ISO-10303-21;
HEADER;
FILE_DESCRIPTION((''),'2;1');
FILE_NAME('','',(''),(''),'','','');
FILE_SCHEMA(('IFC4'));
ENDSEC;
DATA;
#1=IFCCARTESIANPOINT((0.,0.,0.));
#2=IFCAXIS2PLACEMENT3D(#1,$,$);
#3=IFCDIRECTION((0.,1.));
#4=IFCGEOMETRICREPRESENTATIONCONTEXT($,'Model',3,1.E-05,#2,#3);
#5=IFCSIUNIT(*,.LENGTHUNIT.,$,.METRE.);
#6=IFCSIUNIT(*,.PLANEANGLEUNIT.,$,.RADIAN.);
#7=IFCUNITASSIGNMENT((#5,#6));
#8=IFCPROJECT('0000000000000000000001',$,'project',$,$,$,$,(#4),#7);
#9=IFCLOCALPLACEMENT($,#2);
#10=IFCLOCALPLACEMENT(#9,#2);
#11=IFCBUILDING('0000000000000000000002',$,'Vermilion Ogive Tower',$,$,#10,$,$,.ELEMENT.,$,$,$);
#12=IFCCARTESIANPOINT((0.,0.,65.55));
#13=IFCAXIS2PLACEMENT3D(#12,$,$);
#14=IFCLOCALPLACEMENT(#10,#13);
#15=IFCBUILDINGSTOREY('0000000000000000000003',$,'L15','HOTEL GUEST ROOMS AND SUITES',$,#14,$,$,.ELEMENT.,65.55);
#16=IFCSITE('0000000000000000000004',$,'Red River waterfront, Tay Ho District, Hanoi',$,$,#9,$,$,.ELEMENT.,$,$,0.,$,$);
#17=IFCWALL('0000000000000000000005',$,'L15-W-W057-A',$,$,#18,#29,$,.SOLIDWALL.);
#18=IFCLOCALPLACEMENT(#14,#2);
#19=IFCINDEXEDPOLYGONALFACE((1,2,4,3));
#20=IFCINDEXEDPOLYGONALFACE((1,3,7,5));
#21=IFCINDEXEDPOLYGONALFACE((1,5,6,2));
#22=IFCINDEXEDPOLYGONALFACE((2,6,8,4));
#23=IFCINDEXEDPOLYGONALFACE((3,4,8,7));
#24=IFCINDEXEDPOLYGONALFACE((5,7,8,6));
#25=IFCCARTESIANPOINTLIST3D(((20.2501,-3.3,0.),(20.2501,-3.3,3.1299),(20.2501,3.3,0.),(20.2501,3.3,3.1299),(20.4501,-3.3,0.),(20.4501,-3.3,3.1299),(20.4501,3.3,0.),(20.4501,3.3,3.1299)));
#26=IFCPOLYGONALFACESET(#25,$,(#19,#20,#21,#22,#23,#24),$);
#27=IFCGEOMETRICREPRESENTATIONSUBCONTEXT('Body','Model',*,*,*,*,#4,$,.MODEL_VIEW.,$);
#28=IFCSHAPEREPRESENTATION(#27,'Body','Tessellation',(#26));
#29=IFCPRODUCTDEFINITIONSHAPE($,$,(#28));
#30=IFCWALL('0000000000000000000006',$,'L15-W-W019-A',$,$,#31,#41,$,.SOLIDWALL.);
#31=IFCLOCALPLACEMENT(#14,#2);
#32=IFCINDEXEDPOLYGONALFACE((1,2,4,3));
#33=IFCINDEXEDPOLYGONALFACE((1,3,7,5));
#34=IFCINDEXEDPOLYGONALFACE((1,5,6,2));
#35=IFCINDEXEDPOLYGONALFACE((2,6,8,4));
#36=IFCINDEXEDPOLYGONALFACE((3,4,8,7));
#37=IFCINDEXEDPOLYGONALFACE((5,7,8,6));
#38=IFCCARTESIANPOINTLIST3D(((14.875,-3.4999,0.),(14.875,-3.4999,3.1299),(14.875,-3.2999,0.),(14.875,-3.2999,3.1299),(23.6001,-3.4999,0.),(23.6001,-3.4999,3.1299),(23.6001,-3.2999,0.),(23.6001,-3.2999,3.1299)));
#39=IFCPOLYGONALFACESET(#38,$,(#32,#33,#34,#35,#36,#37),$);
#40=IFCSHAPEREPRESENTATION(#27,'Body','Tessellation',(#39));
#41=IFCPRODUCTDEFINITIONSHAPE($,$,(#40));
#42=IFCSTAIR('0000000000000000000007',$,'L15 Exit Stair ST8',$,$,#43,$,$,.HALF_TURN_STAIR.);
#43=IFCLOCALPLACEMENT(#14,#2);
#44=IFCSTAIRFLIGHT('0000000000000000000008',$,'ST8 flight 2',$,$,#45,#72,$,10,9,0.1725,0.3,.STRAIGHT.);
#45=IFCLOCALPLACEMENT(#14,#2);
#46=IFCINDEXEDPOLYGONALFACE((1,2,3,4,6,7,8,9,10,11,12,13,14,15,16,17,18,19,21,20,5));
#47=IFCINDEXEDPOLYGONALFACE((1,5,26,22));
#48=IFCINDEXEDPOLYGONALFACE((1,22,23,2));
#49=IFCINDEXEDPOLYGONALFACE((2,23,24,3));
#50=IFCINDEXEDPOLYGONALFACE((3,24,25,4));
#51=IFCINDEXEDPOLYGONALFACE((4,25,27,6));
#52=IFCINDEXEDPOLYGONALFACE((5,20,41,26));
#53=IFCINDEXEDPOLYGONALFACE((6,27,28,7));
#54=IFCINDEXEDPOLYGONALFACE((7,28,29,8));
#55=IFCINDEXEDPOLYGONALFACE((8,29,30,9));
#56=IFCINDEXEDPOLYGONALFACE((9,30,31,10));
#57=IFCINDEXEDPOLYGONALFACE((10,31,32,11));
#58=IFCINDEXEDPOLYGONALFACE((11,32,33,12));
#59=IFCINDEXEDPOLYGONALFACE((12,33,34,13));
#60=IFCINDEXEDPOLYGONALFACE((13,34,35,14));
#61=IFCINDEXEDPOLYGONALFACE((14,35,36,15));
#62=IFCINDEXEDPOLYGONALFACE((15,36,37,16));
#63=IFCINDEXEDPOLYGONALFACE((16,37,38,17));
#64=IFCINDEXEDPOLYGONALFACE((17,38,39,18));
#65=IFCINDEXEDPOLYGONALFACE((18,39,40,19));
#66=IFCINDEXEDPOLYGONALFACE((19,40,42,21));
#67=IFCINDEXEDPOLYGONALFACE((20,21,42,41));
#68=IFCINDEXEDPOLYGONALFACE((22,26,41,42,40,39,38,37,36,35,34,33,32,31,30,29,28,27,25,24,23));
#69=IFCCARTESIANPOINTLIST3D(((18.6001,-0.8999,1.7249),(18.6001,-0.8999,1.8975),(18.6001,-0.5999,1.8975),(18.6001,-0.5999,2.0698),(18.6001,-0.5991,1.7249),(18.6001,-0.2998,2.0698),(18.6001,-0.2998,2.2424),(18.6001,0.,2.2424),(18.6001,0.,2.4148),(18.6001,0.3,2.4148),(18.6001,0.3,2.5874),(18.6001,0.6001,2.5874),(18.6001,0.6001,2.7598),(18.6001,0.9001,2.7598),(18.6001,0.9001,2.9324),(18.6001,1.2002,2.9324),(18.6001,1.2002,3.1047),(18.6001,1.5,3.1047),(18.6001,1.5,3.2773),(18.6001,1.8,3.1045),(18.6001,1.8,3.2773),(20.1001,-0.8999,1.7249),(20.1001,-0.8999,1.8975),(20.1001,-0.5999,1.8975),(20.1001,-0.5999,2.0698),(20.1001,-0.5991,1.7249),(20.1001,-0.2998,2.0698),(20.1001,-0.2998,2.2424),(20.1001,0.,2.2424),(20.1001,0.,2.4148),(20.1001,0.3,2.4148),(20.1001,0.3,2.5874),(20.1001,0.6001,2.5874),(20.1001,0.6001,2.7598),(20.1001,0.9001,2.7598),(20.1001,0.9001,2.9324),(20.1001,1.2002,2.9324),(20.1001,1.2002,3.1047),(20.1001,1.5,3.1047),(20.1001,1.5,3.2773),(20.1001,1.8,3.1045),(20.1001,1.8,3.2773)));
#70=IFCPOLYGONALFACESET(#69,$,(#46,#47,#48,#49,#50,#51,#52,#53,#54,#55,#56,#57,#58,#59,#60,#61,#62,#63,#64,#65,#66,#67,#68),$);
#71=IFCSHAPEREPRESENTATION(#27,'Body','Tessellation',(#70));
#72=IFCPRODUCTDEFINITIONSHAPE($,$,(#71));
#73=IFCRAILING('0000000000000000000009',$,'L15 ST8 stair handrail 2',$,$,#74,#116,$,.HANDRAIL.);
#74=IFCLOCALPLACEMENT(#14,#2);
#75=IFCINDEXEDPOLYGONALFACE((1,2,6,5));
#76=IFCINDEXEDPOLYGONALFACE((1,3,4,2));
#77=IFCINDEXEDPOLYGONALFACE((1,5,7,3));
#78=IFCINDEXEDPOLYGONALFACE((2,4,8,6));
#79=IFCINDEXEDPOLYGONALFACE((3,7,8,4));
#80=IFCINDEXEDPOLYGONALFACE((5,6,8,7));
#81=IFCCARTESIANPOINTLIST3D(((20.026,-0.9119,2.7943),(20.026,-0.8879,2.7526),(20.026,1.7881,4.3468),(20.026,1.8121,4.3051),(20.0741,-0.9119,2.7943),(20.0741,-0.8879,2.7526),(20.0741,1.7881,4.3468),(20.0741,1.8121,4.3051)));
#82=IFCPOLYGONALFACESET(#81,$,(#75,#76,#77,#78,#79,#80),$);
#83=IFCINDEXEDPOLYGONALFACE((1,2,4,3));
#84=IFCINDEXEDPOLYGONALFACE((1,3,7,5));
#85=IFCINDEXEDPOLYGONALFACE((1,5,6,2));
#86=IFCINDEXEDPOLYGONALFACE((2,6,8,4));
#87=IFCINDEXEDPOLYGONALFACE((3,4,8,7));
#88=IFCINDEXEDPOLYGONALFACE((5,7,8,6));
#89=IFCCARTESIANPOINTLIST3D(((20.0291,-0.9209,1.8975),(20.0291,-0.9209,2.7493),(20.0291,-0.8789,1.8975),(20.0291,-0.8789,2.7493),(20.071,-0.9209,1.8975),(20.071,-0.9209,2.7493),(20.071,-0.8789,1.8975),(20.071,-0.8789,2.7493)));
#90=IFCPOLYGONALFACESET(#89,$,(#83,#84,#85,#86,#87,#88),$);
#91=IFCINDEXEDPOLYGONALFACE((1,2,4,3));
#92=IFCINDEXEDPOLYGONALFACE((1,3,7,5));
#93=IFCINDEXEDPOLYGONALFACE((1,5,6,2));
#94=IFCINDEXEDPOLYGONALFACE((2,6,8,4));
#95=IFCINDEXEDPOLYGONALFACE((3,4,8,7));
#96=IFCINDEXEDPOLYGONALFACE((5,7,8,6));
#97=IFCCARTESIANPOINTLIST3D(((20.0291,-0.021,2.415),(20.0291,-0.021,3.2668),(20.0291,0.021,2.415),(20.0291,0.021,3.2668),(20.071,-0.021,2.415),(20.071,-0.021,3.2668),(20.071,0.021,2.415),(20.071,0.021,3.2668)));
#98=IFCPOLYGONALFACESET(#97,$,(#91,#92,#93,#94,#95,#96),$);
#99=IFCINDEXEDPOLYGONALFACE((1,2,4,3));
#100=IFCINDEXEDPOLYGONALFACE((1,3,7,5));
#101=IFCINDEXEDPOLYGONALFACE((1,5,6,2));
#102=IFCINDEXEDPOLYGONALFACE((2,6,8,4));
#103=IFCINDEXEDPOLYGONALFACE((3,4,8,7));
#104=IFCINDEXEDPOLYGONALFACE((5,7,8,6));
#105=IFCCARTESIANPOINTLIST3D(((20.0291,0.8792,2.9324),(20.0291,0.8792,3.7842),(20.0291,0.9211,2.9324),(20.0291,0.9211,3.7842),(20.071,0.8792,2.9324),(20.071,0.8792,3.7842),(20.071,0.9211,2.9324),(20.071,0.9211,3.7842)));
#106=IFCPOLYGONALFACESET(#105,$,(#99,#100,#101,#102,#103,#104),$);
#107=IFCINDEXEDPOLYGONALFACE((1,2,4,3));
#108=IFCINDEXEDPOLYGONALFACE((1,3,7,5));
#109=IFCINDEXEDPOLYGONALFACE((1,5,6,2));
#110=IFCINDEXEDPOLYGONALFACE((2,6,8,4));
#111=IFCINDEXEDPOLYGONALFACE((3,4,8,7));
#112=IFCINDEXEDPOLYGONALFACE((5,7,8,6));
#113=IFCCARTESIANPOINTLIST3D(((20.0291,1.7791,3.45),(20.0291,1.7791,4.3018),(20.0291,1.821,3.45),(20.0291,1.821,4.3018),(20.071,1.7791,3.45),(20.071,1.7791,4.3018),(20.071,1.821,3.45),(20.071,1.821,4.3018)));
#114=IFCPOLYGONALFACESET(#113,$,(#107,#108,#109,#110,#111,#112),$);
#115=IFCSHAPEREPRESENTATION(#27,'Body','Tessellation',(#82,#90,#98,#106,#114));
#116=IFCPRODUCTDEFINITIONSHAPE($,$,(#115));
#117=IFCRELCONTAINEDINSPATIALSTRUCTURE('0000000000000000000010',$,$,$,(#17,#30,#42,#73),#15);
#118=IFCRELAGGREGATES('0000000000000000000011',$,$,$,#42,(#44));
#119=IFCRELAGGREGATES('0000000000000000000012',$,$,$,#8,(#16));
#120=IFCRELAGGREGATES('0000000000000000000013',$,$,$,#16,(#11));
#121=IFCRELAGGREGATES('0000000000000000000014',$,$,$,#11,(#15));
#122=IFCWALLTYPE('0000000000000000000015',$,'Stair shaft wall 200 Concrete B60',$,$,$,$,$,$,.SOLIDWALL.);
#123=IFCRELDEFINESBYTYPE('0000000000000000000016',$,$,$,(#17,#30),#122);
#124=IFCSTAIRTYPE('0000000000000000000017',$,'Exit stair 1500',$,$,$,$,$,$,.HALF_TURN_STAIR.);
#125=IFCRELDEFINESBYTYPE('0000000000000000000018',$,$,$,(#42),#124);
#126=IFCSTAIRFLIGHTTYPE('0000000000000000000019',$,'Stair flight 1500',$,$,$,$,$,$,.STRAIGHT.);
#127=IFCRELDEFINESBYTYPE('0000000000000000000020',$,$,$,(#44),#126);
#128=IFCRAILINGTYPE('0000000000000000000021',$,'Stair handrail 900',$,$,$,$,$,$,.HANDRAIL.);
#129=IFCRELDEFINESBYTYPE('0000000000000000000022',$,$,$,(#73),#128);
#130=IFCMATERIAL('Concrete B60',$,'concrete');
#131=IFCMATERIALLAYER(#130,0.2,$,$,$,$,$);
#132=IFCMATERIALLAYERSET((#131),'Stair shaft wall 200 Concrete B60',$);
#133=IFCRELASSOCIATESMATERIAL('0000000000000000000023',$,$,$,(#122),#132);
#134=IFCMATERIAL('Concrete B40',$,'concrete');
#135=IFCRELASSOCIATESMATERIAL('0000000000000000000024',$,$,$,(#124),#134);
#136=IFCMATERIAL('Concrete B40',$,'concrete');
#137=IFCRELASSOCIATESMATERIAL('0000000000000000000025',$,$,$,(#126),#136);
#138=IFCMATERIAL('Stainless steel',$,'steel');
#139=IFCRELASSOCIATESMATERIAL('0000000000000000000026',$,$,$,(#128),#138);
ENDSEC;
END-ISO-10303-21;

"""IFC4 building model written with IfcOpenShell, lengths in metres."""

from ifc_helpers import new_model, si_unit, direction, frame, frame_2d, origin, origin_2d, place, context, subcontext, project, spatial, polyline, rectangle, outline, extrude, material, layer, layer_set, type_object, element, aggregate, save


model = new_model("IFC4")

# Units and contexts
model_context = context("Model", 3, precision=1e-05, world=origin(), true_north=direction((0.0, 1.0)))
body_context = subcontext(model_context, "Body", "Model", "MODEL_VIEW")
ifc_project = project(units=[si_unit("LENGTHUNIT", "METRE"), si_unit("PLANEANGLEUNIT", "RADIAN")], contexts=[model_context])

# Site, building, storey
site_placement = place(None, origin())
site = spatial("IfcSite", under=ifc_project, at=site_placement, Name="Red River waterfront, Tay Ho District, Hanoi", CompositionType="ELEMENT", RefElevation=0.0)
building_placement = place(site_placement, origin())
building = spatial("IfcBuilding", under=site, at=building_placement, Name="Vermilion Ogive Tower", CompositionType="ELEMENT")
storey_placement = place(building_placement, frame((0.0, 0.0, 65.55)))
storey = spatial("IfcBuildingStorey", under=building, at=storey_placement, Name="L15", Description="HOTEL GUEST ROOMS AND SUITES", CompositionType="ELEMENT", Elevation=65.55)

# Shared definitions
ifc_material_1 = material(Name="Concrete B60", Category="concrete")
ifc_layer_1 = layer(ifc_material_1, 0.2)
ifc_layer_set_1 = layer_set([ifc_layer_1], Name="Stair shaft wall 200 Concrete B60")
wall_type_1 = type_object("IfcWallType", Name="Stair shaft wall 200 Concrete B60", PredefinedType="SOLIDWALL", material=ifc_layer_set_1)

# Walls
wall_1_placement = place(storey_placement, frame((20.3501, -3.3, 0.0), z_axis=(0.0, 0.0, 1.0), x_axis=(0.0, 1.0, 0.0)))
element("IfcWall", 1, at=wall_1_placement, inside=storey, type_object=wall_type_1, Name="L15-W-W057-A", PredefinedType="SOLIDWALL", context=body_context, shape_type="SweptSolid", body=[
    extrude(rectangle(XDim=6.6001, YDim=0.2, at=frame_2d((3.3, 0.0))), origin(), (0.0, 0.0, 1.0), 3.1299),
])
wall_2_placement = place(storey_placement, frame((14.875, -3.3999, 0.0), z_axis=(0.0, 0.0, 1.0), x_axis=(1.0, 0.0, 0.0)))
element("IfcWall", 2, at=wall_2_placement, inside=storey, type_object=wall_type_1, Name="L15-W-W019-A", PredefinedType="SOLIDWALL", context=body_context, shape_type="SweptSolid", body=[
    extrude(rectangle(XDim=8.7251, YDim=0.2, at=frame_2d((4.3625, 0.0))), origin(), (0.0, 0.0, 1.0), 3.1299),
])

# Stair, stair flight
ifc_material_2 = material(Name="Concrete B40", Category="concrete")
stair_type = type_object("IfcStairType", Name="Exit stair 1500", PredefinedType="HALF_TURN_STAIR", material=ifc_material_2)
stair_placement = place(storey_placement, origin())
stair = element("IfcStair", 3, at=stair_placement, inside=storey, type_object=stair_type, Name="L15 Exit Stair ST8", PredefinedType="HALF_TURN_STAIR")
ifc_material_3 = material(Name="Concrete B40", Category="concrete")
stair_flight_type = type_object("IfcStairFlightType", Name="Stair flight 1500", PredefinedType="STRAIGHT", material=ifc_material_3)
stair_flight_placement = place(storey_placement, frame((19.3501, -0.8999, 1.7249), z_axis=(0.0, 0.0, 1.0), x_axis=(0.0, 1.0, 0.0)))
stair_flight = element("IfcStairFlight", 4, at=stair_flight_placement, type_object=stair_flight_type, Name="ST8 flight 2", NumberOfRisers=10, NumberOfTreads=9, PredefinedType="STRAIGHT", RiserHeight=0.1725, TreadLength=0.3, context=body_context, shape_type="SweptSolid", body=[
    extrude(outline(polyline([(0.0, 0.0), (0.0, 0.1726), (0.3, 0.1726), (0.3, 0.345), (0.6001, 0.345), (0.6001, 0.5176), (0.8999, 0.5176), (0.8999, 0.6899), (1.2, 0.6899), (1.2, 0.8625), (1.5, 0.8625), (1.5, 1.0349), (1.8, 1.0349), (1.8, 1.2075), (2.1001, 1.2075), (2.1001, 1.3799), (2.3999, 1.3799), (2.3999, 1.5525), (2.7, 1.5525), (2.7, 1.7251), (2.7, 1.3796), (0.3008, 0.0), (0.0, 0.0)])), frame((0.0, 0.75, 0.0), z_axis=(0.0, -1.0, 0.0), x_axis=(1.0, 0.0, 0.0)), (0.0, 0.0, 1.0), 1.5),
])
aggregate(stair, [stair_flight])

# Railing
ifc_material_4 = material(Name="Stainless steel", Category="steel")
railing_type = type_object("IfcRailingType", Name="Stair handrail 900", PredefinedType="HANDRAIL", material=ifc_material_4)
railing_placement = place(storey_placement, frame((20.05, -0.8999, 1.8975)))
element("IfcRailing", 5, at=railing_placement, inside=storey, type_object=railing_type, Name="L15 ST8 stair handrail 2", PredefinedType="HANDRAIL", context=body_context, shape_type="SweptSolid", body=[
    extrude(rectangle(XDim=0.0481, YDim=0.0481, at=origin_2d()), frame((0.0, 0.0, 0.876), z_axis=(0.0, 0.866904, 0.498476), x_axis=(-1.0, 0.0, 0.0)), (0.0, 0.0, 1.0), 3.1145),
    extrude(rectangle(XDim=0.042, YDim=0.042, at=origin_2d()), origin(), (0.0, 0.0, 1.0), 0.8518),
    extrude(rectangle(XDim=0.042, YDim=0.042, at=origin_2d()), frame((0.0, 0.8999, 0.5176)), (0.0, 0.0, 1.0), 0.8518),
    extrude(rectangle(XDim=0.042, YDim=0.042, at=origin_2d()), frame((0.0, 1.8, 1.0349)), (0.0, 0.0, 1.0), 0.8518),
    extrude(rectangle(XDim=0.042, YDim=0.042, at=origin_2d()), frame((0.0, 2.7, 1.5525)), (0.0, 0.0, 1.0), 0.8518),
])

save(model, "model.ifc")
